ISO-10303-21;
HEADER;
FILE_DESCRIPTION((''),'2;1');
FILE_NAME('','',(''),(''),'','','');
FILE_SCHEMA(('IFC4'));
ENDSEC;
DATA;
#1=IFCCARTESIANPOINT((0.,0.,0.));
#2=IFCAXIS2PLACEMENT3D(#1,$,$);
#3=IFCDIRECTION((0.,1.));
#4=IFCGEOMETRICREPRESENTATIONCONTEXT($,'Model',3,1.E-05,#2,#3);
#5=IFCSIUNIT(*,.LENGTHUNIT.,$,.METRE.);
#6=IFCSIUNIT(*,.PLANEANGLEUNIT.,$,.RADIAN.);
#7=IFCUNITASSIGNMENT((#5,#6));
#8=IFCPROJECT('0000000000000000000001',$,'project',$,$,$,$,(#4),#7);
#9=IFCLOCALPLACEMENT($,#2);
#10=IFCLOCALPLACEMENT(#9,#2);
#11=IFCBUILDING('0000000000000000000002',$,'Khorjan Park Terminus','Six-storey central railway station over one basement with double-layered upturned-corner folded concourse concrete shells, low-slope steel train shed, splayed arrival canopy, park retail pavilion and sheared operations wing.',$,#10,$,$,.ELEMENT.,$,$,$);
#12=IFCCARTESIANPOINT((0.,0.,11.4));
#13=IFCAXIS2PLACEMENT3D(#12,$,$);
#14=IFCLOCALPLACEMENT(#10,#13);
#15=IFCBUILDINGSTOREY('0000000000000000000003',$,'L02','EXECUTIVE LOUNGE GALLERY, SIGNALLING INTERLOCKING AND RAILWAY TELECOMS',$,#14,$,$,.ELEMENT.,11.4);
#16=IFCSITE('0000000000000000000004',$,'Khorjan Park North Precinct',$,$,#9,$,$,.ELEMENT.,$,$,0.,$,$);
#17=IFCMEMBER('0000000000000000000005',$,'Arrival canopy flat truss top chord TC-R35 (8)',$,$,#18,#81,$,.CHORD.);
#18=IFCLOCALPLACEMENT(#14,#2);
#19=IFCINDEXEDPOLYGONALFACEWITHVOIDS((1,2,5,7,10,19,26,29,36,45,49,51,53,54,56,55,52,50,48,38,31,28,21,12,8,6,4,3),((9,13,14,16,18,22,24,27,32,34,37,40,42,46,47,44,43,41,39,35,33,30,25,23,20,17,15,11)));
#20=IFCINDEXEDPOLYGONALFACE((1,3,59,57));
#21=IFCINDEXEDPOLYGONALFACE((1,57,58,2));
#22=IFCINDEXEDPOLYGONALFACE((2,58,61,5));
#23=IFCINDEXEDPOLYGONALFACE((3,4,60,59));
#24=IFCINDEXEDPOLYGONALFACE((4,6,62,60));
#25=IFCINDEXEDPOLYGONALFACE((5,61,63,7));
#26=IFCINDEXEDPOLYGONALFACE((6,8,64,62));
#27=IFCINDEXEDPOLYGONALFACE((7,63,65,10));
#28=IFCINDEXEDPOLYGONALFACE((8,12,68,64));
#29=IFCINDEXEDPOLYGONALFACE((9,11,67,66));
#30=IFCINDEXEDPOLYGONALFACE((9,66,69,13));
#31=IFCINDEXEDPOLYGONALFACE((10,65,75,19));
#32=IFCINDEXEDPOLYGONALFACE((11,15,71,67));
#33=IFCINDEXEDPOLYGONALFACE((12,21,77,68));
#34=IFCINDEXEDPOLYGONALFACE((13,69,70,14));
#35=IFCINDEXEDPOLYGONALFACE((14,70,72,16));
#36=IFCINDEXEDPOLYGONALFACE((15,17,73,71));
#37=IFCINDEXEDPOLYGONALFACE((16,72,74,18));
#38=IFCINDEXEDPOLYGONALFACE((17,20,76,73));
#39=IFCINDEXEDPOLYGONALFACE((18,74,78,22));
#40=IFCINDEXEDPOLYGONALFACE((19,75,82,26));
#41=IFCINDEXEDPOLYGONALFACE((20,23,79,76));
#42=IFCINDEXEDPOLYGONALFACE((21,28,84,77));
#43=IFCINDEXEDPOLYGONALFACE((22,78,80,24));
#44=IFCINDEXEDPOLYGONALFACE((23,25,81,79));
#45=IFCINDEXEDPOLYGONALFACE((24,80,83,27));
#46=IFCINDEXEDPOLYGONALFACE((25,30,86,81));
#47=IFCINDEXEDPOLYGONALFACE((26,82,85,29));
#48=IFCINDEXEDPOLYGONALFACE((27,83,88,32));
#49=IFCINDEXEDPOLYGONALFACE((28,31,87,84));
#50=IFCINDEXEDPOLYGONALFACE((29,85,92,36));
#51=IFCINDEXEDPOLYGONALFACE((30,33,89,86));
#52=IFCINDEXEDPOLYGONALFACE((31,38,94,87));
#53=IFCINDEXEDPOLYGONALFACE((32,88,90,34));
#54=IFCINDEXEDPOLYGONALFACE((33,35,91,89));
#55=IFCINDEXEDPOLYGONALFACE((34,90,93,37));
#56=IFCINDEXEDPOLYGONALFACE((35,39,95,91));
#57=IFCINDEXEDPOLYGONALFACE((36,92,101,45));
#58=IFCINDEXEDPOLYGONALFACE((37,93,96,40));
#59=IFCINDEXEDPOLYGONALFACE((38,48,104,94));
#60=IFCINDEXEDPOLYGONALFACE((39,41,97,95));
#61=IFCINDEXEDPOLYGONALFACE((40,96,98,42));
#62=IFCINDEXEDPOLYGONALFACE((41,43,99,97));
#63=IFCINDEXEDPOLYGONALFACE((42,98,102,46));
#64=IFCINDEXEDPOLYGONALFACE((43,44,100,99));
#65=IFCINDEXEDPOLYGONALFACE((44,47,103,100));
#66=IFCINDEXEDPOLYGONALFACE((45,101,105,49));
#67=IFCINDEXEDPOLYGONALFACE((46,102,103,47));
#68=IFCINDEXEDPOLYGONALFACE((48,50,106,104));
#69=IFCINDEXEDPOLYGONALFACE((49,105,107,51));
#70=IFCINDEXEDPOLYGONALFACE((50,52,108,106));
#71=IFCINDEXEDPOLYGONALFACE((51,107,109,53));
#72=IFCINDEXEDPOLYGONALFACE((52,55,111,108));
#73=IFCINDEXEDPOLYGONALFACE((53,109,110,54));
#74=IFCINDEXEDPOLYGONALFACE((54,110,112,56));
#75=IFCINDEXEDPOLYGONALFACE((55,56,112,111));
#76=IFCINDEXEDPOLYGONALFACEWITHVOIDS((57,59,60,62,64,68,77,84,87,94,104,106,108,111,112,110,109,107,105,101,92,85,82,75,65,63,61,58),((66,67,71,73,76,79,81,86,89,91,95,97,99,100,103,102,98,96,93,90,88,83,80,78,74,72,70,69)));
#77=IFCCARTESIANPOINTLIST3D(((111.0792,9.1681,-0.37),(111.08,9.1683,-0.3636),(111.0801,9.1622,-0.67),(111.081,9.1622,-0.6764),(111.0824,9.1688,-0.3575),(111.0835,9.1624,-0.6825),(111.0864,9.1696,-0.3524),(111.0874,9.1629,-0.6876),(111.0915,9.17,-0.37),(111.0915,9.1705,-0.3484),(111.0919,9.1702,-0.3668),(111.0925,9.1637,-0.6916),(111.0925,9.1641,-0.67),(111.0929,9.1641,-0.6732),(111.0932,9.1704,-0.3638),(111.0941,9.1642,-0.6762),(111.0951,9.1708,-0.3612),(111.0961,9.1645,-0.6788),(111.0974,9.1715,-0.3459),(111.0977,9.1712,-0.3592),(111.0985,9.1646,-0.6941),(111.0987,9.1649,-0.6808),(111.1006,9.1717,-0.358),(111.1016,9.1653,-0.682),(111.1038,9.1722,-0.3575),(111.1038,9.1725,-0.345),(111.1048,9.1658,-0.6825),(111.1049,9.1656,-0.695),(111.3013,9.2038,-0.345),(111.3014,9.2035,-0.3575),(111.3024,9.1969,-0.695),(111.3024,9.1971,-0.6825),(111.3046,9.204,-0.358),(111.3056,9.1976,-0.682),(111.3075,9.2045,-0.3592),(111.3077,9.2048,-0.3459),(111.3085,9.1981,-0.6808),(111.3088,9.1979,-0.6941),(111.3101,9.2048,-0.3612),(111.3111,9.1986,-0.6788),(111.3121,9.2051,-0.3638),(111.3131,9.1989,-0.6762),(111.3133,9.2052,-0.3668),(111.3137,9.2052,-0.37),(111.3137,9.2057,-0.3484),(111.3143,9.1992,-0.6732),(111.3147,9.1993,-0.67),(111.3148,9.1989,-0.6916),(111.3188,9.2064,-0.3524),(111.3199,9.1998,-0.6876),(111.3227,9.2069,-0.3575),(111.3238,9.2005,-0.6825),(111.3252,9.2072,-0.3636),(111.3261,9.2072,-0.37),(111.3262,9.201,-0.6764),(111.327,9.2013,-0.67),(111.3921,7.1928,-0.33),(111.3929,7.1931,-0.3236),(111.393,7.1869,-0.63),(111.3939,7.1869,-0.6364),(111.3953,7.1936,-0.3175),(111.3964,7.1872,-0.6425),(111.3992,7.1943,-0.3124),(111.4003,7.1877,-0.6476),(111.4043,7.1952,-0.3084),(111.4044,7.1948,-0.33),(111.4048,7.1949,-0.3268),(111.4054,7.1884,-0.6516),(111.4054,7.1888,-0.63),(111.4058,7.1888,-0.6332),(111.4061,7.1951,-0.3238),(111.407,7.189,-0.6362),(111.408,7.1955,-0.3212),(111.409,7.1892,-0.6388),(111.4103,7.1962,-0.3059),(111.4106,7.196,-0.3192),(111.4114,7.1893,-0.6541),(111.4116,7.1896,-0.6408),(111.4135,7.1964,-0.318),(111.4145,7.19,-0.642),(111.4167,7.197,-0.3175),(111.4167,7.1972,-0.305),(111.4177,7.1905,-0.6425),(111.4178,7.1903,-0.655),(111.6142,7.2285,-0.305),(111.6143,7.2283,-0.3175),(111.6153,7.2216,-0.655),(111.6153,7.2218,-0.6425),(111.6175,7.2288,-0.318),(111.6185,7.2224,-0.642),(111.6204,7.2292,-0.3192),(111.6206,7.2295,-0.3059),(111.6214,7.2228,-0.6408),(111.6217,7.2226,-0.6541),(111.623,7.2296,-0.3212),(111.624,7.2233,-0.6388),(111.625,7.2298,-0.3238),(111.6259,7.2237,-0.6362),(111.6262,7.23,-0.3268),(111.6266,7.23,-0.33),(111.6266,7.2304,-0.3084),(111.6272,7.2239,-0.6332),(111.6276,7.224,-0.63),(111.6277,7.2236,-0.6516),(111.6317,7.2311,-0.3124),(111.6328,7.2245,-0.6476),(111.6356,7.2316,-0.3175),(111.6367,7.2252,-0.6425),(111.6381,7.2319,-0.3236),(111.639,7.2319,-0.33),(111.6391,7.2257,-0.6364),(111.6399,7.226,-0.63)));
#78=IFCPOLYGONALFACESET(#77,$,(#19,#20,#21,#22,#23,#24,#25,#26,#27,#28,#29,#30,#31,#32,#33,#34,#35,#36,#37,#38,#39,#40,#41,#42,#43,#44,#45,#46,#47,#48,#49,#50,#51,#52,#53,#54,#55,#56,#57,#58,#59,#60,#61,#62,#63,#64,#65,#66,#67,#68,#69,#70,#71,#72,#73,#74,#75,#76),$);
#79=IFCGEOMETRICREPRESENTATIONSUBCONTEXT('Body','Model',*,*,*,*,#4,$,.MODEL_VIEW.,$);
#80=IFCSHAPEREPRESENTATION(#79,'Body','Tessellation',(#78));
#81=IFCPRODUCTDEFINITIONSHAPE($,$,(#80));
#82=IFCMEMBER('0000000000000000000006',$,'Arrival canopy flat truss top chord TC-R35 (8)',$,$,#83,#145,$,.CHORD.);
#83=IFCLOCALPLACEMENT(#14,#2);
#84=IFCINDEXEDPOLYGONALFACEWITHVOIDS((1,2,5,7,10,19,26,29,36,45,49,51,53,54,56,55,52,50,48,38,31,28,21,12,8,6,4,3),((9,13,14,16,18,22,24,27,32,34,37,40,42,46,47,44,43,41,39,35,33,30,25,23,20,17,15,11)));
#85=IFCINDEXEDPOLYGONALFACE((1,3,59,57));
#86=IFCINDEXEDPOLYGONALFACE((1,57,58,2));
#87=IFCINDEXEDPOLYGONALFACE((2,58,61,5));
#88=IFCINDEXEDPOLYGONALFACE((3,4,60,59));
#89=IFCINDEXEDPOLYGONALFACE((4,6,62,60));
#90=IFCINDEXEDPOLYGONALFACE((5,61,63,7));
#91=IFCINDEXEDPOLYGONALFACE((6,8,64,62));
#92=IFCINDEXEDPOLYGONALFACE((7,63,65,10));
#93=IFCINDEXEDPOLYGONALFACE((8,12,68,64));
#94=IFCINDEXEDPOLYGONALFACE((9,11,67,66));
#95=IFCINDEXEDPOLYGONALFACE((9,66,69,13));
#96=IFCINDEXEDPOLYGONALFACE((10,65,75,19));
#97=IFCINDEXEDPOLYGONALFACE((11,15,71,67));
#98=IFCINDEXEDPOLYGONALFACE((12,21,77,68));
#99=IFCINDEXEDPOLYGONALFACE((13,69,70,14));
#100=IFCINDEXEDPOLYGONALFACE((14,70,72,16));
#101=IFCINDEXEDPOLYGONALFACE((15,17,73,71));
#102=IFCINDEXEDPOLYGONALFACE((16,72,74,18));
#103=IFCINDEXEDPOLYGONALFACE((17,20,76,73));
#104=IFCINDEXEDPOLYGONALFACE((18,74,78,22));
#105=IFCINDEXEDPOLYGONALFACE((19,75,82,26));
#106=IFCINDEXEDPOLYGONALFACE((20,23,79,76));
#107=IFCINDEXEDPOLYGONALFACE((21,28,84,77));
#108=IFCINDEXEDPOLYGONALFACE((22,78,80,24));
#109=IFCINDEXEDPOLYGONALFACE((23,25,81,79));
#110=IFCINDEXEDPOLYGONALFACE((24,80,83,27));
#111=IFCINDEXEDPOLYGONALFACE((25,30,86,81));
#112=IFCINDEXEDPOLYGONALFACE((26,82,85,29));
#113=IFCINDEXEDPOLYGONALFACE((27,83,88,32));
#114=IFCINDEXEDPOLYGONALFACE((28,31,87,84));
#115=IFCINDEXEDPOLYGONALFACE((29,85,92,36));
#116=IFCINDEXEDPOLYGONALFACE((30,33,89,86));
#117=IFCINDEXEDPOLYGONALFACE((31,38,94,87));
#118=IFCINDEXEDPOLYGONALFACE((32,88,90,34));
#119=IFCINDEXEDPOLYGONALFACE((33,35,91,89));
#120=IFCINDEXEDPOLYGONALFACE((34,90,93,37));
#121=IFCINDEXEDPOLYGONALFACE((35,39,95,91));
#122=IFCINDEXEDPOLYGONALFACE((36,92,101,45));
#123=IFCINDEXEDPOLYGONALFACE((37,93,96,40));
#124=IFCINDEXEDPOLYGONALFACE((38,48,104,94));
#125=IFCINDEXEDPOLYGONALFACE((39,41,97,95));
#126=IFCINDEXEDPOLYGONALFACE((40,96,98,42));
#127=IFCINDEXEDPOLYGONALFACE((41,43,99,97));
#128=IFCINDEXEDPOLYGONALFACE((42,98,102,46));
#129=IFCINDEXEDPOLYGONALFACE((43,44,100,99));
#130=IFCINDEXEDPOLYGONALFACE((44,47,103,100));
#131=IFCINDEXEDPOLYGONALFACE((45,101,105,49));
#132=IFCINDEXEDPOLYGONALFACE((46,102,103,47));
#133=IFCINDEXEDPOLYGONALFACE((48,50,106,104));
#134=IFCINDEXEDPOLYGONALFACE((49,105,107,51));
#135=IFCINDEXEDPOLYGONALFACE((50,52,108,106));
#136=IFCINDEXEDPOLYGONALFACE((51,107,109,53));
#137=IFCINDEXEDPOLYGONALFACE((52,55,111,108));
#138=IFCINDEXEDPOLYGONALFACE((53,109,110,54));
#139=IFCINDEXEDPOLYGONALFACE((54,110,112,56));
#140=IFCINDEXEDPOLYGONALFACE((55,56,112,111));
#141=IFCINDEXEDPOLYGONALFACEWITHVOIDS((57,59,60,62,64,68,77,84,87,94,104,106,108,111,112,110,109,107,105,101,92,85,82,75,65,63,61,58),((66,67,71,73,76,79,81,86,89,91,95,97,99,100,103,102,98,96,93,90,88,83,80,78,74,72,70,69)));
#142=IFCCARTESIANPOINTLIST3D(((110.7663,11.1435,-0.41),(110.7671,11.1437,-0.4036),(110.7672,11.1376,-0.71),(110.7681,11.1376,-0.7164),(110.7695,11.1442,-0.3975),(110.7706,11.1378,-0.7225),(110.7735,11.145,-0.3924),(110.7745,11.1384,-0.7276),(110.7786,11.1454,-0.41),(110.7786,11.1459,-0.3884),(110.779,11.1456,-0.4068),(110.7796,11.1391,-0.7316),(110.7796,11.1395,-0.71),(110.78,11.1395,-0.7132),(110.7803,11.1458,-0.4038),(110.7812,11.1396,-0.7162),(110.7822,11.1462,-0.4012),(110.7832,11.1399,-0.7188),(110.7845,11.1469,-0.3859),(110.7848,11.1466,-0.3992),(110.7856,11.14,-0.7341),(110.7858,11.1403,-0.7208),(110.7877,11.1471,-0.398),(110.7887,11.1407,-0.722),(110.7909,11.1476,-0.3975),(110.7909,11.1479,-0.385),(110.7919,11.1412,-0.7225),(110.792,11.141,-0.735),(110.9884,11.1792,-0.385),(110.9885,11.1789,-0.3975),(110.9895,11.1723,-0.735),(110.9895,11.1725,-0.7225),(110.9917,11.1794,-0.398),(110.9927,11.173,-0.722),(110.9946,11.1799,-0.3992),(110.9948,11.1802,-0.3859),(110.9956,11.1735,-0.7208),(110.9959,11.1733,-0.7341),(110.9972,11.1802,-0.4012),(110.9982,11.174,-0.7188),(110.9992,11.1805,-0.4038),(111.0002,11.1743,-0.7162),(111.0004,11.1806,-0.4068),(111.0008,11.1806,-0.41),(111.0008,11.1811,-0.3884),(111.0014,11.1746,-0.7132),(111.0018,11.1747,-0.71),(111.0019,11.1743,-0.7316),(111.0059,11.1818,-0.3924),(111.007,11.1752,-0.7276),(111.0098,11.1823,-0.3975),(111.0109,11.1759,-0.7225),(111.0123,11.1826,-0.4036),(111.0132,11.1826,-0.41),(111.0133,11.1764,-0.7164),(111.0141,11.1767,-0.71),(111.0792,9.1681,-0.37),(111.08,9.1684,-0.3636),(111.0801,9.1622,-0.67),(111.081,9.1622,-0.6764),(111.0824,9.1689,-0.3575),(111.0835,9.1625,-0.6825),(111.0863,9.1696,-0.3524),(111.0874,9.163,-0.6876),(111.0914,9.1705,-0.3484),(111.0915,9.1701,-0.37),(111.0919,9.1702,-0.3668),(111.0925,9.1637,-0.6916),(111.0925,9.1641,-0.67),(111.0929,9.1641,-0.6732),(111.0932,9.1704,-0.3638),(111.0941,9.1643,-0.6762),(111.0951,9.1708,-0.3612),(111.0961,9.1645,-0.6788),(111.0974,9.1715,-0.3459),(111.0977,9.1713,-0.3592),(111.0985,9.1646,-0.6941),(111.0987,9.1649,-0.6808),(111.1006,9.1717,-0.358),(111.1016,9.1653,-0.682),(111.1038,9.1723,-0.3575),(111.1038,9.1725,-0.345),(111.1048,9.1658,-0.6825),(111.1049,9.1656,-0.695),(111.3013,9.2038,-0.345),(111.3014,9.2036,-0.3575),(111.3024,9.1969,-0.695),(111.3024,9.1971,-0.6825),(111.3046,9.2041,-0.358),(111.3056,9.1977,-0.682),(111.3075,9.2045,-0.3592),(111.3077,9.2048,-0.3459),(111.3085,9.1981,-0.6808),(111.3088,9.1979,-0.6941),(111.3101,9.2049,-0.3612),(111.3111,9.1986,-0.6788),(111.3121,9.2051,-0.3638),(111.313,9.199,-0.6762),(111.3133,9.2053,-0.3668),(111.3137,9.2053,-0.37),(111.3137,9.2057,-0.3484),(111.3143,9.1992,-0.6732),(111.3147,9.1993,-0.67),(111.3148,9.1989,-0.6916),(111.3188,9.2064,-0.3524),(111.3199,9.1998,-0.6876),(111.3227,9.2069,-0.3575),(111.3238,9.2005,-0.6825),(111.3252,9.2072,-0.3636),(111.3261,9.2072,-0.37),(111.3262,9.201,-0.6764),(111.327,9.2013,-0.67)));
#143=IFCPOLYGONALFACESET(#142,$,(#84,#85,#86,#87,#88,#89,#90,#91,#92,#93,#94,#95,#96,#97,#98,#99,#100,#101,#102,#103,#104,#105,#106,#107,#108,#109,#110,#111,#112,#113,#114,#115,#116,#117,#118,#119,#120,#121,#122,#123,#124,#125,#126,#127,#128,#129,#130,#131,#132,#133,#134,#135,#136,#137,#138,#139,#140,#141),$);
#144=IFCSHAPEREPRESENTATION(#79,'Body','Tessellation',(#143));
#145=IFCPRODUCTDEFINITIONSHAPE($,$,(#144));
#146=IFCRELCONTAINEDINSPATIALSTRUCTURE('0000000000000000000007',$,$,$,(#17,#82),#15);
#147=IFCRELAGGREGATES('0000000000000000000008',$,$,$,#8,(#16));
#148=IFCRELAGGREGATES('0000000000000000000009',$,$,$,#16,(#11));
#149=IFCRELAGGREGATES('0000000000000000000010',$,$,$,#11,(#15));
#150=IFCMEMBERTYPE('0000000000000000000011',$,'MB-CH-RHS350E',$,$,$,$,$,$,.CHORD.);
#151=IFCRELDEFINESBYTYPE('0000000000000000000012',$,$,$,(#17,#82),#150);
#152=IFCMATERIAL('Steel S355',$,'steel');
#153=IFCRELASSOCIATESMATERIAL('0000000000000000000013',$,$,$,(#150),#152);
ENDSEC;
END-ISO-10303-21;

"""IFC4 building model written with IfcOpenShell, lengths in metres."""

from ifc_helpers import new_model, si_unit, direction, frame, origin, origin_2d, place, context, subcontext, project, spatial, hollow_rectangle, extrude, material, material_profile, profile_set, type_object, element, save


model = new_model("IFC4")

# Units and contexts
model_context = context("Model", 3, precision=1e-05, world=origin(), true_north=direction((0.0, 1.0)))
body_context = subcontext(model_context, "Body", "Model", "MODEL_VIEW")
ifc_project = project(units=[si_unit("LENGTHUNIT", "METRE"), si_unit("PLANEANGLEUNIT", "RADIAN")], contexts=[model_context])

# Site, building, storey
site_placement = place(None, origin())
site = spatial("IfcSite", under=ifc_project, at=site_placement, Name="Khorjan Park North Precinct", CompositionType="ELEMENT", RefElevation=0.0)
building_placement = place(site_placement, origin())
building = spatial("IfcBuilding", under=site, at=building_placement, Name="Khorjan Park Terminus", Description="Six-storey central railway station over one basement with double-layered upturned-corner folded concourse concrete shells, low-slope steel train shed, splayed arrival canopy, park retail pavilion and sheared operations wing.", CompositionType="ELEMENT")
storey_placement = place(building_placement, frame((0.0, 0.0, 11.4)))
storey = spatial("IfcBuildingStorey", under=building, at=storey_placement, Name="L02", Description="EXECUTIVE LOUNGE GALLERY, SIGNALLING INTERLOCKING AND RAILWAY TELECOMS", CompositionType="ELEMENT", Elevation=11.4)

# Members
ifc_material_1 = material(Name="Steel S355", Category="steel")
ifc_material_profile_1 = material_profile(ifc_material_1, hollow_rectangle(XDim=0.25, YDim=0.35, WallThickness=0.0125, InnerFilletRadius=0.0125, OuterFilletRadius=0.025, at=origin_2d()), Name="RHS 350x250x12.5")
ifc_profile_set_1 = profile_set([ifc_material_profile_1], Name="Steel S355")
member_type_1 = type_object("IfcMemberType", Name="MB-CH-RHS350E", PredefinedType="CHORD", material=ifc_profile_set_1)
member_1_placement = place(storey_placement, frame((111.516, 7.2094, -0.48), z_axis=(-0.156424, 0.987488, -0.019997), x_axis=(-0.987685, -0.156456, 0.0)))
element("IfcMember", 1, at=member_1_placement, inside=storey, type_object=member_type_1, Name="Arrival canopy flat truss top chord TC-R35 (8)", PredefinedType="CHORD", context=body_context, shape_type="SweptSolid", body=[
    extrude(hollow_rectangle(XDim=0.25, YDim=0.35, WallThickness=0.0125, InnerFilletRadius=0.0125, OuterFilletRadius=0.025, at=origin_2d()), origin(), (0.0, 0.0, 1.0), 2.0003),
])
for number, where, z_axis, x_axis, name in (
    (2, (111.2031, 9.1847, -0.52), (-0.156417, 0.987489, -0.019996), (-0.987686, -0.156448, 0.0), "Arrival canopy flat truss top chord TC-R35 (8)"),
):
    element("IfcMember", number, at=place(storey_placement, frame(where, z_axis=z_axis, x_axis=x_axis)), inside=storey, type_object=member_type_1, Name=name, PredefinedType="CHORD", context=body_context, shape_type="SweptSolid", body=[
        extrude(hollow_rectangle(XDim=0.25, YDim=0.35, WallThickness=0.0125, InnerFilletRadius=0.0125, OuterFilletRadius=0.025, at=origin_2d()), origin(), (0.0, 0.0, 1.0), 2.0004),
    ])

save(model, "model.ifc")
